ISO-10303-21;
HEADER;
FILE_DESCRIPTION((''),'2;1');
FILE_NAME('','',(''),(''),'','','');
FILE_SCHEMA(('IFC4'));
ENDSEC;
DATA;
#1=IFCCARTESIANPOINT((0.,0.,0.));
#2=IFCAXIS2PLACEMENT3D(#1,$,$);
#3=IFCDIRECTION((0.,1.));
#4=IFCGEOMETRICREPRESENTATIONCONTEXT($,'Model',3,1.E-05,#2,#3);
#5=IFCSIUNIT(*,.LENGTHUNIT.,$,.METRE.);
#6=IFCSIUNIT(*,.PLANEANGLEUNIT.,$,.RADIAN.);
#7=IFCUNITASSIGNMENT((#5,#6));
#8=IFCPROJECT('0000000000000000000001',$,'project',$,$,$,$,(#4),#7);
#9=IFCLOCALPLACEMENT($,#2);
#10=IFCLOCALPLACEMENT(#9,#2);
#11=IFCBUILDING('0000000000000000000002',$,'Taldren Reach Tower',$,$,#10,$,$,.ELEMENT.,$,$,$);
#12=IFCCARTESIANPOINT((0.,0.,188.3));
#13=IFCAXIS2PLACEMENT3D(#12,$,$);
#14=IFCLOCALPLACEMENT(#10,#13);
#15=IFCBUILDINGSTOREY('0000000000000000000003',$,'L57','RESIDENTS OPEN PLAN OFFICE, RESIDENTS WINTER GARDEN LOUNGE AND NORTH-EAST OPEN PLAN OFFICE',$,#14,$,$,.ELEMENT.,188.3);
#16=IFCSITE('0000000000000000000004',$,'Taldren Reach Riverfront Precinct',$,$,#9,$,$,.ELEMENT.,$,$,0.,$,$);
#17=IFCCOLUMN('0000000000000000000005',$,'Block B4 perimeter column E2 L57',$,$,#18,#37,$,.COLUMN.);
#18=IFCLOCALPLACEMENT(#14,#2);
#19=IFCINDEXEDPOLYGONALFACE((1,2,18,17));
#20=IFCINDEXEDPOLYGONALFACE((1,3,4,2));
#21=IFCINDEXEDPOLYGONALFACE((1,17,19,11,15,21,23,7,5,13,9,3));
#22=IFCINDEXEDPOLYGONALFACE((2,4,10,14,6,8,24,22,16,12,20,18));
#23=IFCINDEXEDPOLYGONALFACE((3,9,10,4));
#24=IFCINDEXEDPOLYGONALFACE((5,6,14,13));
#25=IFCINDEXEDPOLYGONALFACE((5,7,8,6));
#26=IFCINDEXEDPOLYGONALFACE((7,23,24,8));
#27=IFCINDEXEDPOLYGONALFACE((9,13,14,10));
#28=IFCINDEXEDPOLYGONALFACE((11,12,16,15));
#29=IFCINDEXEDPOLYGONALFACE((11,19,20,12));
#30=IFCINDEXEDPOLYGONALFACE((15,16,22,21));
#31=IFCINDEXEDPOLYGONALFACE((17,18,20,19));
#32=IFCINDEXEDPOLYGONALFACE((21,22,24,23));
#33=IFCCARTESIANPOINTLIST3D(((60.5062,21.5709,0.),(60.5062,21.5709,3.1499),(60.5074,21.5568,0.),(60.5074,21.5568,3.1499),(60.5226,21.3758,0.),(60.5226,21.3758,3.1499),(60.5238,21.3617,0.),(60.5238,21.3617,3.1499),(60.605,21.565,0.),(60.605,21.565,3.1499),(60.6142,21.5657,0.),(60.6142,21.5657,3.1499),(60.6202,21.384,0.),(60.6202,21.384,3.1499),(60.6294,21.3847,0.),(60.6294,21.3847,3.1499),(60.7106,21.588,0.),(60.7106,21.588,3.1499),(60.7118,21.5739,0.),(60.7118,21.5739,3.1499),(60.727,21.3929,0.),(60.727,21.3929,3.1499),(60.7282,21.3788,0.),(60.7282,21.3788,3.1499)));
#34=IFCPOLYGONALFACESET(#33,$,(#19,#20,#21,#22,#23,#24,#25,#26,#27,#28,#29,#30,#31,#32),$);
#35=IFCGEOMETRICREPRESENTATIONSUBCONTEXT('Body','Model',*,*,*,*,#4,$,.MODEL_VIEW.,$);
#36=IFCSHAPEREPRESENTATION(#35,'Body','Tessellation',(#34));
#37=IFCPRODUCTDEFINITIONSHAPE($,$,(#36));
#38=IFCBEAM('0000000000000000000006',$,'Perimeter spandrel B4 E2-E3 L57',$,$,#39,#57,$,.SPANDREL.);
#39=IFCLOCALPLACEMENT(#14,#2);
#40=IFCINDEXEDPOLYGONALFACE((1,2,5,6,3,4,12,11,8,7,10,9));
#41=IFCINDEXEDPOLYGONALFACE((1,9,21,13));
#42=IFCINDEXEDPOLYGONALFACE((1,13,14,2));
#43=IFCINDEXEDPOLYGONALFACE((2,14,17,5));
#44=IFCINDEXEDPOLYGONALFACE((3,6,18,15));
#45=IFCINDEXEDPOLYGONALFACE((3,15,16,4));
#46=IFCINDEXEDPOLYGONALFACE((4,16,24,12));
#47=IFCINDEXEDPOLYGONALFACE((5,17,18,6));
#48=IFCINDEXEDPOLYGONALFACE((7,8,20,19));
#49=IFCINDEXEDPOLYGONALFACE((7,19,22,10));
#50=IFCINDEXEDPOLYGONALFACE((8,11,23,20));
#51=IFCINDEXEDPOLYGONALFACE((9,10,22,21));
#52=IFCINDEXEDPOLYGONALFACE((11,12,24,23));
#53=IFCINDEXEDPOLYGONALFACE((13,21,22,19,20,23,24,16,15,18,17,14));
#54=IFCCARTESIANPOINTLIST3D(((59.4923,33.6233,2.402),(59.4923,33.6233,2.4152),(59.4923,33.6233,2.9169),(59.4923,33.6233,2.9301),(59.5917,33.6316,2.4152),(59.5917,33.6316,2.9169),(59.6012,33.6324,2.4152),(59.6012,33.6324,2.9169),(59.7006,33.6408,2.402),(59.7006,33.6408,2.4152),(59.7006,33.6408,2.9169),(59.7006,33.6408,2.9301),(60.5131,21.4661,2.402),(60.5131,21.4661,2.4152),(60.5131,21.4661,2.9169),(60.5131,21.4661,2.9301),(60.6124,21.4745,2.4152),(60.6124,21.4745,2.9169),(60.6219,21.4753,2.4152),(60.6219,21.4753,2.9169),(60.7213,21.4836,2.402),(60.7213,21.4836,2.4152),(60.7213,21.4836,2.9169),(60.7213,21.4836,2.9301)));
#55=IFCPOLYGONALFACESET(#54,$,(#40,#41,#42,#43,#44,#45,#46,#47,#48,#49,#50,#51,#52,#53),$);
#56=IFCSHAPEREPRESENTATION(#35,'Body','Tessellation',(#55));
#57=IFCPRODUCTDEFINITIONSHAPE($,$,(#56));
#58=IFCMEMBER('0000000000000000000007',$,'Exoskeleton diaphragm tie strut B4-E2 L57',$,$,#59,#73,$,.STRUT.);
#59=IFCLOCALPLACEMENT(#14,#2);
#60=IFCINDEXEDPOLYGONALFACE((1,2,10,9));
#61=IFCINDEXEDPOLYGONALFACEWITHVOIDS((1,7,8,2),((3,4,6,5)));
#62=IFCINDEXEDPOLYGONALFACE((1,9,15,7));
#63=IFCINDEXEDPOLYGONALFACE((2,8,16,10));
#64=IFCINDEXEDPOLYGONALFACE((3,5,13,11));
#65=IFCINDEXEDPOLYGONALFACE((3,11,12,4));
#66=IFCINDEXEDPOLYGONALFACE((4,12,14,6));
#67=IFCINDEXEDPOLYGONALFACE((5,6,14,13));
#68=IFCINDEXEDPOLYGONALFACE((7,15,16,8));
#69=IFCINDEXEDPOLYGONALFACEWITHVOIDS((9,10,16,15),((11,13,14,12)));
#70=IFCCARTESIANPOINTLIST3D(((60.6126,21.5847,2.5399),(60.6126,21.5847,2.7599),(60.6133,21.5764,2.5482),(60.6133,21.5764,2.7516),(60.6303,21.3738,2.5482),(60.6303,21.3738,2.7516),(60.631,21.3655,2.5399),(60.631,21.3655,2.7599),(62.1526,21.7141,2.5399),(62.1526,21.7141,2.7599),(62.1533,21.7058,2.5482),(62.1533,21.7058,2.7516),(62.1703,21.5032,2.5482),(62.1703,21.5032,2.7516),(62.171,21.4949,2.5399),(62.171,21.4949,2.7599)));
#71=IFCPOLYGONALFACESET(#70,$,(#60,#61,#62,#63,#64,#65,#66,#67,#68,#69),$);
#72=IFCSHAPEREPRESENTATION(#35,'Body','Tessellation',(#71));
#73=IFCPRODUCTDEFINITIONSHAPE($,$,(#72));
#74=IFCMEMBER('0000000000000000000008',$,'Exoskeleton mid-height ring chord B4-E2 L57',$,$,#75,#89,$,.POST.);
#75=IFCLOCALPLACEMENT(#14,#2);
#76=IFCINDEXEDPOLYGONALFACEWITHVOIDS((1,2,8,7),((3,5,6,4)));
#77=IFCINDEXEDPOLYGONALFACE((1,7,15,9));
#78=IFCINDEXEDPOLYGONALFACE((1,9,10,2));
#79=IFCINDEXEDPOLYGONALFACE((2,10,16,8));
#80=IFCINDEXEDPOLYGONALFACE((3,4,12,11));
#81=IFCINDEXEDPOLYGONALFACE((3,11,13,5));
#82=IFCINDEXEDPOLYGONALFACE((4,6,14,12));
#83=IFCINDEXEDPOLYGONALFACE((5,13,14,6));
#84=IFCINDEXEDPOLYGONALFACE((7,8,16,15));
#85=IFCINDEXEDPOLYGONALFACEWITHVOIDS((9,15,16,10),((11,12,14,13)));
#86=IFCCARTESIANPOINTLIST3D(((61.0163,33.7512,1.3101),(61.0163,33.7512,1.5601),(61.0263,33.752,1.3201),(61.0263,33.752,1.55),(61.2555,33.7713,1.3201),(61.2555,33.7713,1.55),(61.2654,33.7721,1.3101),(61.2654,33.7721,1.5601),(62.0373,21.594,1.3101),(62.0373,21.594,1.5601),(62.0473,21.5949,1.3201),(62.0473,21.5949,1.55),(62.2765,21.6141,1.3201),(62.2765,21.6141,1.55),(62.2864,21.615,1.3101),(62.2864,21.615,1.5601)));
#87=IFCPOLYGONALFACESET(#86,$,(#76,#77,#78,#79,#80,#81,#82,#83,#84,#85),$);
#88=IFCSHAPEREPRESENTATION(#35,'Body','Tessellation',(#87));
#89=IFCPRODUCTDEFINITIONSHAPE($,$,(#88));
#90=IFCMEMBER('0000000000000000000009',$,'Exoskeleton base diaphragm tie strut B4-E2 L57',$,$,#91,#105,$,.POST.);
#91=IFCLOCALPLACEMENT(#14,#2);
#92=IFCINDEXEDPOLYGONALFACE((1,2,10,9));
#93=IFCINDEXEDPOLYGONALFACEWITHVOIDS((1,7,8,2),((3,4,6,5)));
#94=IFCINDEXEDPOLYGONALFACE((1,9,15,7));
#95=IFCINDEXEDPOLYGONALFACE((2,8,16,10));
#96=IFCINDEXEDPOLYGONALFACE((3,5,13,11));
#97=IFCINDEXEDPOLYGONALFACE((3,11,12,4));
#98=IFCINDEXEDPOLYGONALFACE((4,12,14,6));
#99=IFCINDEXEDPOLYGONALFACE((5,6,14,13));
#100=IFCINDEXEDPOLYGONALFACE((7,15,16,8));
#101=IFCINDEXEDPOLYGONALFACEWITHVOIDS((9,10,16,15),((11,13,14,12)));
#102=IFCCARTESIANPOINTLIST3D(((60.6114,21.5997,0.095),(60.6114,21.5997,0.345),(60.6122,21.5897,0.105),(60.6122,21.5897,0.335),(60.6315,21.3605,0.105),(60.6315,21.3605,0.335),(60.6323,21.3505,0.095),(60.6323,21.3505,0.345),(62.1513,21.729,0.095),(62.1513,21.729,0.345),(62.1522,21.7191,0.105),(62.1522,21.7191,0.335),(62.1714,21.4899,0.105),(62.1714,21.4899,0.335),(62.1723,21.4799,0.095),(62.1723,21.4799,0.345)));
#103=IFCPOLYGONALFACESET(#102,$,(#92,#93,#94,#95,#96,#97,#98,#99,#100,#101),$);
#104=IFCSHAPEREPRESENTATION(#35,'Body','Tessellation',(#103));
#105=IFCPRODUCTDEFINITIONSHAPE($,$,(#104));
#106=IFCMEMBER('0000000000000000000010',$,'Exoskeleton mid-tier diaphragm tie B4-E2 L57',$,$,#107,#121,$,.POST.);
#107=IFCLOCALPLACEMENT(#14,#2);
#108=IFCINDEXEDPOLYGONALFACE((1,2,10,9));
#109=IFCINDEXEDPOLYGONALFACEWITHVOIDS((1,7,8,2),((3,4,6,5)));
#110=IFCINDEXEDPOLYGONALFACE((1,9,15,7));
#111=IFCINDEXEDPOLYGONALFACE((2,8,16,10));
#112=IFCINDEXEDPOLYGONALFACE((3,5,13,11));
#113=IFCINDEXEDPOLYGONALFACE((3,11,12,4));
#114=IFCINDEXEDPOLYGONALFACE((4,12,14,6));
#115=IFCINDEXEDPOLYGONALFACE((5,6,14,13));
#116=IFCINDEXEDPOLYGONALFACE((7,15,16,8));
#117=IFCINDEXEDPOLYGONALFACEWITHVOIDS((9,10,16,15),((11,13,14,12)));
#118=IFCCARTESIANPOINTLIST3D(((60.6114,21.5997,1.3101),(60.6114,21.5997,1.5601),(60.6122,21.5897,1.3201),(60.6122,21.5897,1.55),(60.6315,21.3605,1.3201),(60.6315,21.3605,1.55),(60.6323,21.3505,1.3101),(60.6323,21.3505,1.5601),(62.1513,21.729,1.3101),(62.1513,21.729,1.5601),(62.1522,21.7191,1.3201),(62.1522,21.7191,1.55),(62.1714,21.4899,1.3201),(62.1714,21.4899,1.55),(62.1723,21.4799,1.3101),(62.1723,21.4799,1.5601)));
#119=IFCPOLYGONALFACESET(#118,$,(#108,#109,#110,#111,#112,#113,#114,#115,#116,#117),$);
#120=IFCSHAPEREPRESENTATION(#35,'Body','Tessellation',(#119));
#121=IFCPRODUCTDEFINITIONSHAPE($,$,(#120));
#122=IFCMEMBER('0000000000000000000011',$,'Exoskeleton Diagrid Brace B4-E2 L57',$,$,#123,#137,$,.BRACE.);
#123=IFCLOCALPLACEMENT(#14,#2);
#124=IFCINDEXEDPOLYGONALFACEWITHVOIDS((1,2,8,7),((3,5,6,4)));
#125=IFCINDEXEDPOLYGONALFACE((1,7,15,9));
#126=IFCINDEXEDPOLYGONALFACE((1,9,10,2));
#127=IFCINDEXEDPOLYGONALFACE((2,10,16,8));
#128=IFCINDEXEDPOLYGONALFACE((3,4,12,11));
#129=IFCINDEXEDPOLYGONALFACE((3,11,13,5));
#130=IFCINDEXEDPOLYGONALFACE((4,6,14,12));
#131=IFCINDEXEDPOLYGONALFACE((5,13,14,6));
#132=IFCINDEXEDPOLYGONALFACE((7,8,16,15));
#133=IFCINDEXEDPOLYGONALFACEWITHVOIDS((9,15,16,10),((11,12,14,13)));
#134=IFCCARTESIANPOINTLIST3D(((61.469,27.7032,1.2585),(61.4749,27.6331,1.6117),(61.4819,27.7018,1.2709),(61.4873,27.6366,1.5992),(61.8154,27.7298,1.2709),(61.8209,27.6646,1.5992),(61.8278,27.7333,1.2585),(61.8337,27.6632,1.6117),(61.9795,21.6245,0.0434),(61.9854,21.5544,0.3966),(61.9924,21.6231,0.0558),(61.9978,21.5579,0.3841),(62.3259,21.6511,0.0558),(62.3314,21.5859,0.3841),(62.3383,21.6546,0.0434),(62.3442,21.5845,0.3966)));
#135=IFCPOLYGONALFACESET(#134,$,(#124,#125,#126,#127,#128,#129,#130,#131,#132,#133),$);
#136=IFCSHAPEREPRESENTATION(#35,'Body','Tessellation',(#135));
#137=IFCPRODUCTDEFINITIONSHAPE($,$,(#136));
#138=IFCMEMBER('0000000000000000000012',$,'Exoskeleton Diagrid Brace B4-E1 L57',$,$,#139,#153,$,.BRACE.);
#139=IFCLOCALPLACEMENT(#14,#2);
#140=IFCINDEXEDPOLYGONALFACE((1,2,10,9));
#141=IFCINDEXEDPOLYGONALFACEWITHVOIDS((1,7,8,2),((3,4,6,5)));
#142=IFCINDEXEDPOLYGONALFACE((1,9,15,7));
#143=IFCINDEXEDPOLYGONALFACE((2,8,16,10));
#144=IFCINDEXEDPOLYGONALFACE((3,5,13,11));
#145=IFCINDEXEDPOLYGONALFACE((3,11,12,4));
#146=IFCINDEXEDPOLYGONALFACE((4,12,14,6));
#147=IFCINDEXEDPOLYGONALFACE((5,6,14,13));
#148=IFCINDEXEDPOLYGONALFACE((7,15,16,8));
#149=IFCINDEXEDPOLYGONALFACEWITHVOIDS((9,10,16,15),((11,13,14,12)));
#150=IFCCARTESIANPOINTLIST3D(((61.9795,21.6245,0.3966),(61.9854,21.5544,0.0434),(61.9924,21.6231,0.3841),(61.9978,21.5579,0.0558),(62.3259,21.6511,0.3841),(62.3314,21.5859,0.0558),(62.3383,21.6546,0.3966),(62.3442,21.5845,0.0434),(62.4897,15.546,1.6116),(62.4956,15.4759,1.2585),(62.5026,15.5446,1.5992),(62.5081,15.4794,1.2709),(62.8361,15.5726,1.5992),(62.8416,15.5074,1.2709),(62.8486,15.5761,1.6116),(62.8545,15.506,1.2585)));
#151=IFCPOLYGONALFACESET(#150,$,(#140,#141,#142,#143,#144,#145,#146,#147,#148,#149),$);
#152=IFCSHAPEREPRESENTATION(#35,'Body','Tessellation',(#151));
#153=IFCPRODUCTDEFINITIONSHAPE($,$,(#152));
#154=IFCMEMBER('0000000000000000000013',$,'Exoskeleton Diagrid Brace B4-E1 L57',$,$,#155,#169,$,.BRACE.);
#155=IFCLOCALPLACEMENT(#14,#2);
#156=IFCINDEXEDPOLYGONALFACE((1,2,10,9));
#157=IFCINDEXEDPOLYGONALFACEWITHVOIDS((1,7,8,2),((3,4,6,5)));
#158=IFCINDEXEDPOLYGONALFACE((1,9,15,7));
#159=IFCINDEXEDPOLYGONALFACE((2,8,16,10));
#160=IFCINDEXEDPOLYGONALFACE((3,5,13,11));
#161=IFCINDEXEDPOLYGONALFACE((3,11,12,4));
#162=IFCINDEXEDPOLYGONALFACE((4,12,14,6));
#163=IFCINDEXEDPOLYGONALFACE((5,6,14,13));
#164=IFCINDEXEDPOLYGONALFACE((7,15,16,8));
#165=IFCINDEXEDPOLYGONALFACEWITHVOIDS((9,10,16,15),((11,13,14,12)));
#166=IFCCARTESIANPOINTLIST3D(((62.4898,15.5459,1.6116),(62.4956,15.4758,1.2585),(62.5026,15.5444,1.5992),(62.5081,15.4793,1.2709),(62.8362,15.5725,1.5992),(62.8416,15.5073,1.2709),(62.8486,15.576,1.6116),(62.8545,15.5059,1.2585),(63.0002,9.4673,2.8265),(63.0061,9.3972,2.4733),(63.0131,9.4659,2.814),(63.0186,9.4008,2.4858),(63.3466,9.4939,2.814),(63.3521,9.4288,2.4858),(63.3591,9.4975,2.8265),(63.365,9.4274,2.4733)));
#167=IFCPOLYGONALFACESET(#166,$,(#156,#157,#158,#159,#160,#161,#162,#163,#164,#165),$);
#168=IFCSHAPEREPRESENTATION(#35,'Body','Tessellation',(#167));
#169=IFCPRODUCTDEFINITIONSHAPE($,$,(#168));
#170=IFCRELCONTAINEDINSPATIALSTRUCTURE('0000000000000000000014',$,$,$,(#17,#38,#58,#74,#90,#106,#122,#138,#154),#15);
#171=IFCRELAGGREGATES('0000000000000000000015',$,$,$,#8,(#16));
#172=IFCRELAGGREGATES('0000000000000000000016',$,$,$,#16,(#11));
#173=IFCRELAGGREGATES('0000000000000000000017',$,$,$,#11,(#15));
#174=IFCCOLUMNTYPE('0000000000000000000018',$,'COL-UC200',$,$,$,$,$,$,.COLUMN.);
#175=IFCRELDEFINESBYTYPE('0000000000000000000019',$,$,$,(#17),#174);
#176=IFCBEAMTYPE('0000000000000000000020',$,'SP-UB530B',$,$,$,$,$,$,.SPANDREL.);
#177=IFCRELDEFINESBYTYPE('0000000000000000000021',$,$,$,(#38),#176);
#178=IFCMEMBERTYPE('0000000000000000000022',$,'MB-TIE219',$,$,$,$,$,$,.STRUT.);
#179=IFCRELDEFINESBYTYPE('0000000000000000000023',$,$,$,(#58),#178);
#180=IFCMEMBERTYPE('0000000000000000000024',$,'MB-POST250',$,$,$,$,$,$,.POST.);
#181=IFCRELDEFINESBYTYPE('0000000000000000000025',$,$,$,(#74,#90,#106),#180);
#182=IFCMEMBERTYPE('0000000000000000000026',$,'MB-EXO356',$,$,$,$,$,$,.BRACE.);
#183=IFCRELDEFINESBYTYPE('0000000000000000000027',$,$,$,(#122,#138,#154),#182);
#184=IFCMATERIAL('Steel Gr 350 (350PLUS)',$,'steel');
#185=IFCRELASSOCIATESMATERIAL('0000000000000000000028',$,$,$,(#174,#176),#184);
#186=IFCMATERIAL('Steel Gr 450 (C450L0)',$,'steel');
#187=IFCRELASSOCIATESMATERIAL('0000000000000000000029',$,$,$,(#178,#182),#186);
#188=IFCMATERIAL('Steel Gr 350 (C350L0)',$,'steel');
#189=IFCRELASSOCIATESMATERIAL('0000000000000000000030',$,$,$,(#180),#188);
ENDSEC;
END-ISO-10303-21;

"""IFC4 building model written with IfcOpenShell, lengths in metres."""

from ifc_helpers import new_model, si_unit, direction, frame, origin, origin_2d, place, context, subcontext, project, spatial, hollow_rectangle, i_section, extrude, source, transform, mapped, material, material_profile, profile_set, type_object, element, save


model = new_model("IFC4")

# Units and contexts
model_context = context("Model", 3, precision=1e-05, world=origin(), true_north=direction((0.0, 1.0)))
body_context = subcontext(model_context, "Body", "Model", "MODEL_VIEW")
ifc_project = project(units=[si_unit("LENGTHUNIT", "METRE"), si_unit("PLANEANGLEUNIT", "RADIAN")], contexts=[model_context])

# Site, building, storey
site_placement = place(None, origin())
site = spatial("IfcSite", under=ifc_project, at=site_placement, Name="Taldren Reach Riverfront Precinct", CompositionType="ELEMENT", RefElevation=0.0)
building_placement = place(site_placement, origin())
building = spatial("IfcBuilding", under=site, at=building_placement, Name="Taldren Reach Tower", CompositionType="ELEMENT")
storey_placement = place(building_placement, frame((0.0, 0.0, 188.3)))
storey = spatial("IfcBuildingStorey", under=building, at=storey_placement, Name="L57", Description="RESIDENTS OPEN PLAN OFFICE, RESIDENTS WINTER GARDEN LOUNGE AND NORTH-EAST OPEN PLAN OFFICE", CompositionType="ELEMENT", Elevation=188.3)

# Column
ifc_material_1 = material(Name="Steel Gr 350 (350PLUS)", Category="steel")
ifc_material_profile_1 = material_profile(ifc_material_1, i_section(OverallWidth=0.2051, OverallDepth=0.21, WebThickness=0.0093, FlangeThickness=0.0142, at=origin_2d()), Name="200UC59.5")
ifc_profile_set_1 = profile_set([ifc_material_profile_1], Name="Steel Gr 350 (350PLUS)")
column_type = type_object("IfcColumnType", Name="COL-UC200", PredefinedType="COLUMN", material=ifc_profile_set_1)
shared_shape_1 = source(origin(), body_context, "Body", "SweptSolid", [
    extrude(i_section(OverallWidth=0.2051, OverallDepth=0.21, WebThickness=0.0093, FlangeThickness=0.0142, at=origin_2d()), origin(), (0.0, 0.0, 1.0), 3.1499),
])
column_placement = place(storey_placement, frame((60.6172, 21.4749, 0.0), z_axis=(0.0, 0.0, 1.0), x_axis=(0.996493, 0.083678, 0.0)))
element("IfcColumn", 1, at=column_placement, inside=storey, type_object=column_type, Name="Block B4 perimeter column E2 L57", PredefinedType="COLUMN", context=body_context, shape_type="MappedRepresentation", body=[
    mapped(shared_shape_1, transform((0.0, 0.0, 0.0), scale=1.0)),
])

# Beam
ifc_material_profile_2 = material_profile(ifc_material_1, i_section(OverallWidth=0.209, OverallDepth=0.5281, WebThickness=0.0095, FlangeThickness=0.0132, at=origin_2d()), Name="530UB82.0")
ifc_profile_set_2 = profile_set([ifc_material_profile_2], Name="Steel Gr 350 (350PLUS)")
beam_type = type_object("IfcBeamType", Name="SP-UB530B", PredefinedType="SPANDREL", material=ifc_profile_set_2)
shared_shape_2 = source(origin(), body_context, "Body", "SweptSolid", [
    extrude(i_section(OverallWidth=0.209, OverallDepth=0.5281, WebThickness=0.0095, FlangeThickness=0.0132, at=origin_2d()), origin(), (0.0, 0.0, 1.0), 12.2),
])
beam_placement = place(storey_placement, frame((60.6172, 21.4749, 2.666), z_axis=(-0.083668, 0.996494, 0.0), x_axis=(-0.996494, -0.083668, 0.0)))
element("IfcBeam", 2, at=beam_placement, inside=storey, type_object=beam_type, Name="Perimeter spandrel B4 E2-E3 L57", PredefinedType="SPANDREL", context=body_context, shape_type="MappedRepresentation", body=[
    mapped(shared_shape_2, transform((0.0, 0.0, 0.0), scale=1.0)),
])

# Members
ifc_material_2 = material(Name="Steel Gr 450 (C450L0)", Category="steel")
ifc_material_profile_3 = material_profile(ifc_material_2, hollow_rectangle(XDim=0.22, YDim=0.22, WallThickness=0.0083, at=origin_2d()), Name="220x220x8.2SHS")
ifc_profile_set_3 = profile_set([ifc_material_profile_3], Name="Steel Gr 450 (C450L0)")
member_type_1 = type_object("IfcMemberType", Name="MB-TIE219", PredefinedType="STRUT", material=ifc_profile_set_3)
shared_shape_3 = source(origin(), body_context, "Body", "SweptSolid", [
    extrude(hollow_rectangle(XDim=0.22, YDim=0.22, WallThickness=0.0083, at=origin_2d()), origin(), (0.0, 0.0, 1.0), 1.5454),
])
member_1_placement = place(storey_placement, frame((60.6218, 21.4751, 2.6499), z_axis=(0.996489, 0.083725, 0.0), x_axis=(-0.083725, 0.996489, 0.0)))
element("IfcMember", 3, at=member_1_placement, inside=storey, type_object=member_type_1, Name="Exoskeleton diaphragm tie strut B4-E2 L57", PredefinedType="STRUT", context=body_context, shape_type="MappedRepresentation", body=[
    mapped(shared_shape_3, transform((0.0, 0.0, 0.0), scale=1.0)),
])
ifc_material_3 = material(Name="Steel Gr 350 (C350L0)", Category="steel")
ifc_material_profile_4 = material_profile(ifc_material_3, hollow_rectangle(XDim=0.25, YDim=0.25, WallThickness=0.01, at=origin_2d()), Name="250x250x10.0SHS")
ifc_profile_set_4 = profile_set([ifc_material_profile_4], Name="Steel Gr 350 (C350L0)")
member_type_2 = type_object("IfcMemberType", Name="MB-POST250", PredefinedType="POST", material=ifc_profile_set_4)
shared_shape_4 = source(origin(), body_context, "Body", "SweptSolid", [
    extrude(hollow_rectangle(XDim=0.25, YDim=0.25, WallThickness=0.01, at=origin_2d()), origin(), (0.0, 0.0, 1.0), 12.2),
])
member_2_placement = place(storey_placement, frame((62.1619, 21.6045, 1.4351), z_axis=(-0.083688, 0.996492, 0.0), x_axis=(-0.996492, -0.083688, 0.0)))
element("IfcMember", 4, at=member_2_placement, inside=storey, type_object=member_type_2, Name="Exoskeleton mid-height ring chord B4-E2 L57", PredefinedType="POST", context=body_context, shape_type="MappedRepresentation", body=[
    mapped(shared_shape_4, transform((0.0, 0.0, 0.0), scale=1.0)),
])
shared_shape_5 = source(origin(), body_context, "Body", "SweptSolid", [
    extrude(hollow_rectangle(XDim=0.25, YDim=0.25, WallThickness=0.01, at=origin_2d()), origin(), (0.0, 0.0, 1.0), 1.5454),
])
for number, where, z_axis, x_axis, name in (
    (5, (60.6218, 21.4751, 0.22), (0.996489, 0.083725, 0.0), (-0.083725, 0.996489, 0.0), "Exoskeleton base diaphragm tie strut B4-E2 L57"),
    (6, (60.6218, 21.4751, 1.4351), (0.996489, 0.083725, 0.0), (-0.083725, 0.996489, 0.0), "Exoskeleton mid-tier diaphragm tie B4-E2 L57"),
):
    element("IfcMember", number, at=place(storey_placement, frame(where, z_axis=z_axis, x_axis=x_axis)), inside=storey, type_object=member_type_2, Name=name, PredefinedType="POST", context=body_context, shape_type="MappedRepresentation", body=[
        mapped(shared_shape_5, transform((0.0, 0.0, 0.0), scale=1.0)),
    ])
ifc_material_profile_5 = material_profile(ifc_material_2, hollow_rectangle(XDim=0.3601, YDim=0.3601, WallThickness=0.0127, at=origin_2d()), Name="360x360x12.7SHS")
ifc_profile_set_5 = profile_set([ifc_material_profile_5], Name="Steel Gr 450 (C450L0)")
member_type_3 = type_object("IfcMemberType", Name="MB-EXO356", PredefinedType="BRACE", material=ifc_profile_set_5)
shared_shape_6 = source(origin(), body_context, "Body", "SweptSolid", [
    extrude(hollow_rectangle(XDim=0.3601, YDim=0.3601, WallThickness=0.0127, at=origin_2d()), origin(), (0.0, 0.0, 1.0), 6.22),
])
member_3_placement = place(storey_placement, frame((62.1619, 21.6045, 0.22), z_axis=(-0.082076, 0.977292, 0.195356), x_axis=(-0.996492, -0.083688, 0.0)))
element("IfcMember", 7, at=member_3_placement, inside=storey, type_object=member_type_3, Name="Exoskeleton Diagrid Brace B4-E2 L57", PredefinedType="BRACE", context=body_context, shape_type="MappedRepresentation", body=[
    mapped(shared_shape_6, transform((0.0, 0.0, 0.0), scale=1.0)),
])
shared_shape_7 = source(origin(), body_context, "Body", "SweptSolid", [
    extrude(hollow_rectangle(XDim=0.3601, YDim=0.3601, WallThickness=0.0127, at=origin_2d()), origin(), (0.0, 0.0, 1.0), 6.2197),
])
for number, where, z_axis, x_axis, name in (
    (8, (62.1619, 21.6045, 0.22), (0.082037, -0.977295, 0.195357), (0.996495, 0.083648, 0.0), "Exoskeleton Diagrid Brace B4-E1 L57"),
    (9, (62.6721, 15.5259, 1.4351), (0.082076, -0.977299, 0.195319), (0.996492, 0.083688, 0.0), "Exoskeleton Diagrid Brace B4-E1 L57"),
):
    element("IfcMember", number, at=place(storey_placement, frame(where, z_axis=z_axis, x_axis=x_axis)), inside=storey, type_object=member_type_3, Name=name, PredefinedType="BRACE", context=body_context, shape_type="MappedRepresentation", body=[
        mapped(shared_shape_7, transform((0.0, 0.0, 0.0), scale=1.0)),
    ])

save(model, "model.ifc")
